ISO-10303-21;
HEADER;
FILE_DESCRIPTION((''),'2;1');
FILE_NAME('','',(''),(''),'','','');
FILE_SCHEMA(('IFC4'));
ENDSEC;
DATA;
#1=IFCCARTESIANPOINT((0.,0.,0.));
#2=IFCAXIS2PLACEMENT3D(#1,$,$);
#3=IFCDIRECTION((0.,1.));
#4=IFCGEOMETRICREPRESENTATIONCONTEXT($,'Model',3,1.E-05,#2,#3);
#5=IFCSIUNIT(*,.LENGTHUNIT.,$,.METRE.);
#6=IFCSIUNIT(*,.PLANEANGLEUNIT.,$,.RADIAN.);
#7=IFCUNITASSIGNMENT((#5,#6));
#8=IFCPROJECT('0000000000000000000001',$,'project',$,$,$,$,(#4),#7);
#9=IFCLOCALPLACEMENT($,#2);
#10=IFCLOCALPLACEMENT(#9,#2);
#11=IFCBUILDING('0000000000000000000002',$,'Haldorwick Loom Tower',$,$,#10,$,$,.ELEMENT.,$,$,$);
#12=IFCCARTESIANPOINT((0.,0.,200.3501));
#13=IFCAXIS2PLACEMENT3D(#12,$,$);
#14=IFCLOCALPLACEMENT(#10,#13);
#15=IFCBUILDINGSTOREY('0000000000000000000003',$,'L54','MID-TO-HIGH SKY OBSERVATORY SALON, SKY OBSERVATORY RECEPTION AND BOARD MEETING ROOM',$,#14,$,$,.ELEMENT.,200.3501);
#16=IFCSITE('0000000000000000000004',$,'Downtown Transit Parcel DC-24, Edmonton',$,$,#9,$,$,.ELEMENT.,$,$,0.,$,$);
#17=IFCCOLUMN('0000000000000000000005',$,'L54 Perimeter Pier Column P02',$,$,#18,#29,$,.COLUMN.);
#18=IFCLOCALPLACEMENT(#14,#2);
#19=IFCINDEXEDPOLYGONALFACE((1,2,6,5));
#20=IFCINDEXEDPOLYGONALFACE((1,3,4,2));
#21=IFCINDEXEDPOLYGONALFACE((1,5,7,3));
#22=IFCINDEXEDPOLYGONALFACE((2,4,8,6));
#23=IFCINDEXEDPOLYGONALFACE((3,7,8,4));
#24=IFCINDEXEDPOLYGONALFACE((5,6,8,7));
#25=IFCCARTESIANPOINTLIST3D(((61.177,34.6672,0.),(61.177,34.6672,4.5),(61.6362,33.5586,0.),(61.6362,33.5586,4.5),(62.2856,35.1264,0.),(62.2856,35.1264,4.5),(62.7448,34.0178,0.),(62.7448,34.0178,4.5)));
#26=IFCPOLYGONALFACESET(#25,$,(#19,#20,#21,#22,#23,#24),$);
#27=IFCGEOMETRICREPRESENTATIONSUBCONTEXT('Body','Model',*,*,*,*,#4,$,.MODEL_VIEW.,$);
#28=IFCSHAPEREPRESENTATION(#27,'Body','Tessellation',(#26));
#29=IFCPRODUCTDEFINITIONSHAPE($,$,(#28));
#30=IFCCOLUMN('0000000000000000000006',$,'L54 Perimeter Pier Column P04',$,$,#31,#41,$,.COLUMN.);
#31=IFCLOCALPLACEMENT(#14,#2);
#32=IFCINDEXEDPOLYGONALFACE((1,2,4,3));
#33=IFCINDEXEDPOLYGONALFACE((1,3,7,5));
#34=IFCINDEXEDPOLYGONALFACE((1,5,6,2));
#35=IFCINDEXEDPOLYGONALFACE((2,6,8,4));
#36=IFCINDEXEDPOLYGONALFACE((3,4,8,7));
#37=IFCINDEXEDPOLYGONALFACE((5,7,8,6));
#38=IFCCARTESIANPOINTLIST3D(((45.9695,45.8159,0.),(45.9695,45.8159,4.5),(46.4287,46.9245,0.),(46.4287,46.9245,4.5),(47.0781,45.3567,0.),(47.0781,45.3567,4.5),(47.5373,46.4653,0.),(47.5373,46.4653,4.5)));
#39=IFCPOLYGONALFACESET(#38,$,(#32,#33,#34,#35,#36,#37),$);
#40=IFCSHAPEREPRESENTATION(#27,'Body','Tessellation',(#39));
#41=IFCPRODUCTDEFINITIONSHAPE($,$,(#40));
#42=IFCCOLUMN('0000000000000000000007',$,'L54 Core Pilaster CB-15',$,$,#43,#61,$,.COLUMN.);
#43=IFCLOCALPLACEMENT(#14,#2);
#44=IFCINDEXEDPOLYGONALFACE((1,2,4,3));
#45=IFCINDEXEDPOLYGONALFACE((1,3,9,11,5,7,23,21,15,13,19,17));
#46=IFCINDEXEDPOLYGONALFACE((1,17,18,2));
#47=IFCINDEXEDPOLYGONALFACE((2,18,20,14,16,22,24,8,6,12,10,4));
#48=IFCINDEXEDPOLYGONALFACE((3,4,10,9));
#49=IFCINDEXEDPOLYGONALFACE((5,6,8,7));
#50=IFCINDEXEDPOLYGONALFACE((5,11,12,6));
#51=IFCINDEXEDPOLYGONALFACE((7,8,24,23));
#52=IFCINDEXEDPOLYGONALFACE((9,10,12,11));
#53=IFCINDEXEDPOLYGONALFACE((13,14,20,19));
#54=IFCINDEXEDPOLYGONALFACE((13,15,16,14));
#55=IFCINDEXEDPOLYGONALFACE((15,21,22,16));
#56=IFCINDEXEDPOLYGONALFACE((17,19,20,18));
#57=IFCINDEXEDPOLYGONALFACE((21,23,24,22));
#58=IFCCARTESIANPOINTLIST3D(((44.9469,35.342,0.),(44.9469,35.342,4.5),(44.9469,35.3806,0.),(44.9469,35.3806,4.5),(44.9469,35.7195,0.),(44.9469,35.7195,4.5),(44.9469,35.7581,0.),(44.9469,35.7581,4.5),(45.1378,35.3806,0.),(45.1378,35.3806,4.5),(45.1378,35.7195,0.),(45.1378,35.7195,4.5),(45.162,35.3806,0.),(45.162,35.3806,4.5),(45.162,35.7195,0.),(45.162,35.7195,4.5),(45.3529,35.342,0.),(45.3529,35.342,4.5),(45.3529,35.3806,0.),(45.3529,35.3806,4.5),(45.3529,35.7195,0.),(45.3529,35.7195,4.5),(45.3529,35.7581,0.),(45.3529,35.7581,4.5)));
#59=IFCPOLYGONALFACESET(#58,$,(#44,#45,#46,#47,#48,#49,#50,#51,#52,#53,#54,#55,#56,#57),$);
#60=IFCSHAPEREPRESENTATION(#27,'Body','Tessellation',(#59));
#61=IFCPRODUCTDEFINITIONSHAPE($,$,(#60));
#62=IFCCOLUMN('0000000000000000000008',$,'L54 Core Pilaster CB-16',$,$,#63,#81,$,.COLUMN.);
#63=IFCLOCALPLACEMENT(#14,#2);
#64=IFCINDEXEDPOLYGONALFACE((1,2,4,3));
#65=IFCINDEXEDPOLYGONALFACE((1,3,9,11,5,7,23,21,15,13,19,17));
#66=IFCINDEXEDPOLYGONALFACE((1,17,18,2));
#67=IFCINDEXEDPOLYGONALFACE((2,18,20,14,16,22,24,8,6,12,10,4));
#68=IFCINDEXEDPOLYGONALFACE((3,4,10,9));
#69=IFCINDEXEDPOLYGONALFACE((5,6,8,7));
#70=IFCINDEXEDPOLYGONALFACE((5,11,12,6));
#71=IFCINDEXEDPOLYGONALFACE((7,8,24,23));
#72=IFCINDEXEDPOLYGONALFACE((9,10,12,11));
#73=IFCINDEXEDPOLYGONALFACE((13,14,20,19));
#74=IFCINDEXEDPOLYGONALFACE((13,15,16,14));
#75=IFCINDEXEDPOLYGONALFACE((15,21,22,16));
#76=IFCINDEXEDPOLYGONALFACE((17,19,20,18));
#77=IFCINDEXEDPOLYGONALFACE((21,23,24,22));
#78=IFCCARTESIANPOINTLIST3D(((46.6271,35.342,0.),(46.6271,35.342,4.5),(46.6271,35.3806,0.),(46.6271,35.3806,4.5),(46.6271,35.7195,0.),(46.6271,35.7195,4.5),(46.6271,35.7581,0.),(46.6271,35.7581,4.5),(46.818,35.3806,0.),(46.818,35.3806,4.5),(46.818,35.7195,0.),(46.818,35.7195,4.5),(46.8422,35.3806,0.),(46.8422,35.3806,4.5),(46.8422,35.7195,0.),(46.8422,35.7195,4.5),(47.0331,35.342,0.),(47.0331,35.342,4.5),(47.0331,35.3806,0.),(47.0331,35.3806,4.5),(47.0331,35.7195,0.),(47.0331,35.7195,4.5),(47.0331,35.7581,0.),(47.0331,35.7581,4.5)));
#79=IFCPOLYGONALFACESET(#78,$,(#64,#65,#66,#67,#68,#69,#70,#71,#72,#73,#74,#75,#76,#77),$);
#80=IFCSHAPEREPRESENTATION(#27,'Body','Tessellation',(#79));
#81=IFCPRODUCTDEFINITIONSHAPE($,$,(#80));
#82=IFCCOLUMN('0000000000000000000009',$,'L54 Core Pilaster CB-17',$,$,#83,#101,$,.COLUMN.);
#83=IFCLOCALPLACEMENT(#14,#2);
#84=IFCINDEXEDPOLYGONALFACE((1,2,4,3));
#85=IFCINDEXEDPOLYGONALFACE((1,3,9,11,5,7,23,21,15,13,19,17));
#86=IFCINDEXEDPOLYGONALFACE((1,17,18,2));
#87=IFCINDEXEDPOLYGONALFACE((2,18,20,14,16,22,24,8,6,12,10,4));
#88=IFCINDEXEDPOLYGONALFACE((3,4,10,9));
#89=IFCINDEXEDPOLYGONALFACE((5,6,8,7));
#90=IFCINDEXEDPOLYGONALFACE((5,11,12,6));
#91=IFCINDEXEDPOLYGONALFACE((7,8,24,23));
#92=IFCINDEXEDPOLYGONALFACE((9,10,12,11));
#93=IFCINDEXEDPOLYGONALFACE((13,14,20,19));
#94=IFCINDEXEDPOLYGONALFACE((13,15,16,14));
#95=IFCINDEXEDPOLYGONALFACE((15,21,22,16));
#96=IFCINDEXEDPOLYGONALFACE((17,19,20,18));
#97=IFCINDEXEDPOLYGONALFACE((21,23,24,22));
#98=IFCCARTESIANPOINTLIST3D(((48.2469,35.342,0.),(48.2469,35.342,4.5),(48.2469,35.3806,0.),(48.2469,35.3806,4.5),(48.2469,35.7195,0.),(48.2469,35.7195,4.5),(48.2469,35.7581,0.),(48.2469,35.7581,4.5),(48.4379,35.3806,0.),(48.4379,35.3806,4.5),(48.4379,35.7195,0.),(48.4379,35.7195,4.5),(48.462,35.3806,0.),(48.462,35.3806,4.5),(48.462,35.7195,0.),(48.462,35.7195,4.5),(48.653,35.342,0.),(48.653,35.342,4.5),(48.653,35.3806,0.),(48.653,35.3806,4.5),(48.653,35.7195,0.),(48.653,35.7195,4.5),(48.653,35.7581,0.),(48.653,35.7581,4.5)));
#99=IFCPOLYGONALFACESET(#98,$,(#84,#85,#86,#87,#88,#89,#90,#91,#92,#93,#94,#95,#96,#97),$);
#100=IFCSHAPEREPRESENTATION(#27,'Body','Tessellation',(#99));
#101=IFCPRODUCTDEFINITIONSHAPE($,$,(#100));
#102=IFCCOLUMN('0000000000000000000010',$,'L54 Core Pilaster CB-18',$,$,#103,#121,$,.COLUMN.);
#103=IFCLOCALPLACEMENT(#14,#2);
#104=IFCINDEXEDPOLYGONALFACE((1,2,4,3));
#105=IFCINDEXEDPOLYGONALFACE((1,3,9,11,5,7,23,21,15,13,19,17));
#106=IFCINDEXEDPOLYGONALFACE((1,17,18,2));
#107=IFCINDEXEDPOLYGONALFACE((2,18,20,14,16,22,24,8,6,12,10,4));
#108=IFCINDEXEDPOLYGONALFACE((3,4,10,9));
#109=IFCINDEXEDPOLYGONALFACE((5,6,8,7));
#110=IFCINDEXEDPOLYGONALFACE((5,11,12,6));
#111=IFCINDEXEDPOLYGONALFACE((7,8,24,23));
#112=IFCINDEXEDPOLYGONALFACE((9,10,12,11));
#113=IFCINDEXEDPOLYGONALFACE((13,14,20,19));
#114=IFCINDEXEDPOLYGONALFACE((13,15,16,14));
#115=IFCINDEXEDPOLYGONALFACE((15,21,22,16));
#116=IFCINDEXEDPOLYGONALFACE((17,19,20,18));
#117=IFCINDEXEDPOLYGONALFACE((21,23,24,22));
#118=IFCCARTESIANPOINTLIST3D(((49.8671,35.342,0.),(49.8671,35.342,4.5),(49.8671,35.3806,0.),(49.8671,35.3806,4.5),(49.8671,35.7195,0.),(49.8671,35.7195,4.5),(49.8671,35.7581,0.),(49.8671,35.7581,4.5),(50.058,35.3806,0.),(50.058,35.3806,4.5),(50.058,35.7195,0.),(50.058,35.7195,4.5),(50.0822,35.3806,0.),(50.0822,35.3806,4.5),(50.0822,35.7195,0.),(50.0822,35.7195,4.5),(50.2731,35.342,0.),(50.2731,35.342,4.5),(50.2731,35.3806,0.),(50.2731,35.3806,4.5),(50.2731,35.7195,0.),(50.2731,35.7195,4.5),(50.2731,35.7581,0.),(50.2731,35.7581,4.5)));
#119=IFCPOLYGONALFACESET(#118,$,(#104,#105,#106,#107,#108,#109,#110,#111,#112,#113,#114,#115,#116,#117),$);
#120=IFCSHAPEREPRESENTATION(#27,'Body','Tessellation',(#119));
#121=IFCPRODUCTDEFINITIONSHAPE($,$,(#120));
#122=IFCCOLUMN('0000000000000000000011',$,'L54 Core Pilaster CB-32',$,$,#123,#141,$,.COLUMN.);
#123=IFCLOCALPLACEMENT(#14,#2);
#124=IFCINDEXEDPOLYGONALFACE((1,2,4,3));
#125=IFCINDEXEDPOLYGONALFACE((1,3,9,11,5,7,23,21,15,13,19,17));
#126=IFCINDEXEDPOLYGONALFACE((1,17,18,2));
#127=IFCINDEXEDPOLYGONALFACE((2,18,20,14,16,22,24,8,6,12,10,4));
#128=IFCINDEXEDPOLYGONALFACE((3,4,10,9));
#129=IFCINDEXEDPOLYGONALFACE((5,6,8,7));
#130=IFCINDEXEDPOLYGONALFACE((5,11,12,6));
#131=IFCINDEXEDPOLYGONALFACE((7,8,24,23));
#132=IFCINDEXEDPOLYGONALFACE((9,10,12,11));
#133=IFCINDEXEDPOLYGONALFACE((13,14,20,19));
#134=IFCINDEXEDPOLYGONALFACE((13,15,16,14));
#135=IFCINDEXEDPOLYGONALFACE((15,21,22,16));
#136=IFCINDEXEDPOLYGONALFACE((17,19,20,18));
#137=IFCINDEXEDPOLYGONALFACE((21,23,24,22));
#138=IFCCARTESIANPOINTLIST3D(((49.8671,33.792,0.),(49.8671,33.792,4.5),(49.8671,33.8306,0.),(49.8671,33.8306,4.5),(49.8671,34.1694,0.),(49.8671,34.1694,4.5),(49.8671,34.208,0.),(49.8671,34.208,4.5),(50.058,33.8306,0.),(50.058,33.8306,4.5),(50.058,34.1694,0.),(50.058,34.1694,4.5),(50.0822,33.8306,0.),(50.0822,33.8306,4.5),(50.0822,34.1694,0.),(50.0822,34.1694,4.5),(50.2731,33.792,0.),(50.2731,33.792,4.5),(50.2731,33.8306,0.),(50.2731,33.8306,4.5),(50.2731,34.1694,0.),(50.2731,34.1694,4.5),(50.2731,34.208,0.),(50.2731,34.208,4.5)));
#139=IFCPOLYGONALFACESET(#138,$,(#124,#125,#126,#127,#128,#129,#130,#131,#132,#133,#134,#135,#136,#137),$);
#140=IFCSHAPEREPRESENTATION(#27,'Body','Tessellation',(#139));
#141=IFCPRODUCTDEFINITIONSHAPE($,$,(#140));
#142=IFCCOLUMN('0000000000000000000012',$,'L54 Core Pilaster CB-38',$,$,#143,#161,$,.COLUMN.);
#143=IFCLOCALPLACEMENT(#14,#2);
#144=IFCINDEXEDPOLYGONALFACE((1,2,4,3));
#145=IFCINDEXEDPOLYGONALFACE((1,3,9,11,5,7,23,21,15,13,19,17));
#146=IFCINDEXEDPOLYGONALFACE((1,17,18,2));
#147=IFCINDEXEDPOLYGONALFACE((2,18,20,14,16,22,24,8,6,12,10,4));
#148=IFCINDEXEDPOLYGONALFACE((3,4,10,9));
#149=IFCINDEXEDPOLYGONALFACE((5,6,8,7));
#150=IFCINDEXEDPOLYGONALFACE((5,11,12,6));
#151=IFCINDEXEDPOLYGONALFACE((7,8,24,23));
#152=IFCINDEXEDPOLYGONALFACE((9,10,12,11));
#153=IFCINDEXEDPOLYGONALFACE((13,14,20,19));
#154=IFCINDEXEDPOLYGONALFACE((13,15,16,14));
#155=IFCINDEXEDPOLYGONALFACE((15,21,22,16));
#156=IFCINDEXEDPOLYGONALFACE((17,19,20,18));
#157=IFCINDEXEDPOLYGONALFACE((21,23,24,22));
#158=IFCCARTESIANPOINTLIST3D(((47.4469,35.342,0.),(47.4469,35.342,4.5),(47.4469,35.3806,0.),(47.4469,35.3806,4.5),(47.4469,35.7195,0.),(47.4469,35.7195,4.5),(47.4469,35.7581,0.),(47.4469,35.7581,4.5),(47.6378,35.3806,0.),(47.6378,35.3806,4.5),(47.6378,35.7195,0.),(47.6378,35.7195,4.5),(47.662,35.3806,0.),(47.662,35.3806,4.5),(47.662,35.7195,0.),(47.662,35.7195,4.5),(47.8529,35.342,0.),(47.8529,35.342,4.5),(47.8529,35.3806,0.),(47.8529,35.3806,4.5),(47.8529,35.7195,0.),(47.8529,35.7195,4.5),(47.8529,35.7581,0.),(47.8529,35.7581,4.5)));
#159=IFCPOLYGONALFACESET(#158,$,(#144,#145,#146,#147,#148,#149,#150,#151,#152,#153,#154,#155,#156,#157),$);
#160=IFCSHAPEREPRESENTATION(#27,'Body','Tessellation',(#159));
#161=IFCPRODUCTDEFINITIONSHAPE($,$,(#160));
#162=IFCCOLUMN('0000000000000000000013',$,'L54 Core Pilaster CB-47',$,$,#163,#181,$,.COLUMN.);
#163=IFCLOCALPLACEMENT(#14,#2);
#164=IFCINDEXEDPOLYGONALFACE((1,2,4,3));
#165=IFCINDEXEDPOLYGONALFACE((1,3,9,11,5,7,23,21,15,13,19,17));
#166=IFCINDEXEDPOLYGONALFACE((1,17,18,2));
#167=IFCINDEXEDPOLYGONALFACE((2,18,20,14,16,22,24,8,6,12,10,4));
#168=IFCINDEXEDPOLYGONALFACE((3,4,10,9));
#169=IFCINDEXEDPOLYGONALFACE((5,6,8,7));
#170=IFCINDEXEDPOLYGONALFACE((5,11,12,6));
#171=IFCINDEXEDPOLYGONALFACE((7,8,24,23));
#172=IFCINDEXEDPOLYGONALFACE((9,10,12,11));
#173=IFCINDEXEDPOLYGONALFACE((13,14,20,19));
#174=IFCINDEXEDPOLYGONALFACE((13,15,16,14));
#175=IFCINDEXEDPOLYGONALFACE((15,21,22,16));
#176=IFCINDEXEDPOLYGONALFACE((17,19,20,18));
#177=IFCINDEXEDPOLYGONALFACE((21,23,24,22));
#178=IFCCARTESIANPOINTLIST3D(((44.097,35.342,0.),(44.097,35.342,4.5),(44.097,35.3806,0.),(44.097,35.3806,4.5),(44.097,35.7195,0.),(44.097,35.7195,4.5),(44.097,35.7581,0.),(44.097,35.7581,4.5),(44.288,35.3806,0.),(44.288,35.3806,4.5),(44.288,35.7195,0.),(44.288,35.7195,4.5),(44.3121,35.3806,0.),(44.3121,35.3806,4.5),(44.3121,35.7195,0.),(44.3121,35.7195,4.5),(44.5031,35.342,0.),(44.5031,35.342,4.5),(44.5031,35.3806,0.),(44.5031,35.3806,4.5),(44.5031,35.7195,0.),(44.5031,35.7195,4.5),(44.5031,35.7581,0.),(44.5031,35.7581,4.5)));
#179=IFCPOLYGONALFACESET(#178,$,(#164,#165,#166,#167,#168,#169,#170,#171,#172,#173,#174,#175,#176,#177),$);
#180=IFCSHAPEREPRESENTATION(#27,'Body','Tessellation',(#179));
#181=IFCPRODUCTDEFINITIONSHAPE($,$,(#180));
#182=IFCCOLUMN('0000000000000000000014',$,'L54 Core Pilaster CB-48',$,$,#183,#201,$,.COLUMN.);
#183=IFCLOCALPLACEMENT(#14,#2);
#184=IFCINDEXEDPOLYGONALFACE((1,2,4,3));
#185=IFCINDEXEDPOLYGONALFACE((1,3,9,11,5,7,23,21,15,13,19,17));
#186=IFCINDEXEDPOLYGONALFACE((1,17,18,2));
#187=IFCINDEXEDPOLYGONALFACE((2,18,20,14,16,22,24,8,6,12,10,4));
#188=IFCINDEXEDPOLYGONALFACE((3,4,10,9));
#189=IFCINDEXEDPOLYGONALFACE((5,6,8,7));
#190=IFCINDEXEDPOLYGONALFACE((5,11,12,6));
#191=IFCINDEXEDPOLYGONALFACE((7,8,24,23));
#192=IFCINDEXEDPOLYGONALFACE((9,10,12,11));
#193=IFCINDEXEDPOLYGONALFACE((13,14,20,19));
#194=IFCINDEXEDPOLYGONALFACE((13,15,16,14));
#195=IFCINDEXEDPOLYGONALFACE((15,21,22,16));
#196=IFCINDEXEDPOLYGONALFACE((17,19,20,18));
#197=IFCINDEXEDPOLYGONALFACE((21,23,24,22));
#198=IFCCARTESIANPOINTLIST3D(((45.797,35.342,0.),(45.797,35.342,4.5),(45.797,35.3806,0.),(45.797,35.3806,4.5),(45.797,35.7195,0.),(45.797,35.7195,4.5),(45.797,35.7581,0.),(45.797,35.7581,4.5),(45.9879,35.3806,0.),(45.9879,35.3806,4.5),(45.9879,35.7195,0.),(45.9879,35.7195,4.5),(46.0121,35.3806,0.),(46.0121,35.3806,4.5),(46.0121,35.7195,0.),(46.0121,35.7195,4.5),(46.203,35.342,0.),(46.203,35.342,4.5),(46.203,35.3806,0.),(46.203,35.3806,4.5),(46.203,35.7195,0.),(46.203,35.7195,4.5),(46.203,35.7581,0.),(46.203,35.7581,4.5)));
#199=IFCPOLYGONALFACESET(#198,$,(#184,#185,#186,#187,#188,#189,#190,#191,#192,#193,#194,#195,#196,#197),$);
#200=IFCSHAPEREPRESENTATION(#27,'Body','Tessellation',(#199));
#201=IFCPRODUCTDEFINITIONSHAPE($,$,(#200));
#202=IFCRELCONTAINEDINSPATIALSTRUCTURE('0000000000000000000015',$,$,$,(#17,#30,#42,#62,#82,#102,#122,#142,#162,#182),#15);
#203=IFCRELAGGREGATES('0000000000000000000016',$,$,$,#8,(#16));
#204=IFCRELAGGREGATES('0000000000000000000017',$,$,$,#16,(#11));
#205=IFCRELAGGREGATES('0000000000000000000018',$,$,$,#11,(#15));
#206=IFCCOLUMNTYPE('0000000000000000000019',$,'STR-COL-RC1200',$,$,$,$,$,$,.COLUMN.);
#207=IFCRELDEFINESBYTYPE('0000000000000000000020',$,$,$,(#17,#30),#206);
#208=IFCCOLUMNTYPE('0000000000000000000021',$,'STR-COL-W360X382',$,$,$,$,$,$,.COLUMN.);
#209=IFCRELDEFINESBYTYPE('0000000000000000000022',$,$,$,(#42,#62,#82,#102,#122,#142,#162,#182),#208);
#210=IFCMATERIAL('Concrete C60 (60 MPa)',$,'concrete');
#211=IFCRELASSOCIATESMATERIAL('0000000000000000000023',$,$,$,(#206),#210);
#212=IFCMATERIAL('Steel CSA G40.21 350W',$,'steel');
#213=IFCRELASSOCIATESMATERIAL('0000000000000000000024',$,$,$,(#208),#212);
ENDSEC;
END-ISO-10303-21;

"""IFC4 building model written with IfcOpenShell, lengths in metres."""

from ifc_helpers import new_model, si_unit, direction, frame, origin, origin_2d, place, context, subcontext, project, spatial, rectangle, i_section, extrude, material, material_profile, profile_set, type_object, element, save


model = new_model("IFC4")

# Units and contexts
model_context = context("Model", 3, precision=1e-05, world=origin(), true_north=direction((0.0, 1.0)))
body_context = subcontext(model_context, "Body", "Model", "MODEL_VIEW")
ifc_project = project(units=[si_unit("LENGTHUNIT", "METRE"), si_unit("PLANEANGLEUNIT", "RADIAN")], contexts=[model_context])

# Site, building, storey
site_placement = place(None, origin())
site = spatial("IfcSite", under=ifc_project, at=site_placement, Name="Downtown Transit Parcel DC-24, Edmonton", CompositionType="ELEMENT", RefElevation=0.0)
building_placement = place(site_placement, origin())
building = spatial("IfcBuilding", under=site, at=building_placement, Name="Haldorwick Loom Tower", CompositionType="ELEMENT")
storey_placement = place(building_placement, frame((0.0, 0.0, 200.3501)))
storey = spatial("IfcBuildingStorey", under=building, at=storey_placement, Name="L54", Description="MID-TO-HIGH SKY OBSERVATORY SALON, SKY OBSERVATORY RECEPTION AND BOARD MEETING ROOM", CompositionType="ELEMENT", Elevation=200.3501)

# Columns
ifc_material_1 = material(Name="Concrete C60 (60 MPa)", Category="concrete")
ifc_material_profile_1 = material_profile(ifc_material_1, rectangle(XDim=1.2, YDim=1.2, at=origin_2d()), Name="RC1200X1200", Category="concrete")
ifc_profile_set_1 = profile_set([ifc_material_profile_1], Name="Concrete C60 (60 MPa)")
column_type_1 = type_object("IfcColumnType", Name="STR-COL-RC1200", PredefinedType="COLUMN", material=ifc_profile_set_1)
for number, where, z_axis, x_axis, name in (
    (1, (61.9609, 34.3425, 0.0), (0.0, 0.0, 1.0), (0.92388, 0.382683, 0.0), "L54 Perimeter Pier Column P02"),
    (2, (46.7534, 46.1406, 0.0), (0.0, 0.0, 1.0), (0.382683, 0.92388, 0.0), "L54 Perimeter Pier Column P04"),
):
    element("IfcColumn", number, at=place(storey_placement, frame(where, z_axis=z_axis, x_axis=x_axis)), inside=storey, type_object=column_type_1, Name=name, PredefinedType="COLUMN", context=body_context, shape_type="SweptSolid", body=[
        extrude(rectangle(XDim=1.2, YDim=1.2, at=origin_2d()), origin(), (0.0, 0.0, 1.0), 4.5),
    ])
ifc_material_2 = material(Name="Steel CSA G40.21 350W", Category="steel")
ifc_material_profile_2 = material_profile(ifc_material_2, i_section(OverallWidth=0.406, OverallDepth=0.416, WebThickness=0.0242, FlangeThickness=0.0386, at=origin_2d()), Name="W360X382", Category="steel")
ifc_profile_set_2 = profile_set([ifc_material_profile_2], Name="Steel CSA G40.21 350W")
column_type_2 = type_object("IfcColumnType", Name="STR-COL-W360X382", PredefinedType="COLUMN", material=ifc_profile_set_2)
for number, where, z_axis, x_axis, name in (
    (3, (45.1499, 35.55, 0.0), (0.0, 0.0, 1.0), (1.0, 0.0, 0.0), "L54 Core Pilaster CB-15"),
    (4, (46.8301, 35.55, 0.0), (0.0, 0.0, 1.0), (1.0, 0.0, 0.0), "L54 Core Pilaster CB-16"),
    (5, (48.45, 35.55, 0.0), (0.0, 0.0, 1.0), (1.0, 0.0, 0.0), "L54 Core Pilaster CB-17"),
    (6, (50.0701, 35.55, 0.0), (0.0, 0.0, 1.0), (1.0, 0.0, 0.0), "L54 Core Pilaster CB-18"),
    (7, (50.0701, 34.0, 0.0), (0.0, 0.0, 1.0), (1.0, 0.0, 0.0), "L54 Core Pilaster CB-32"),
    (8, (47.6499, 35.55, 0.0), (0.0, 0.0, 1.0), (1.0, 0.0, 0.0), "L54 Core Pilaster CB-38"),
    (9, (44.3, 35.55, 0.0), (0.0, 0.0, 1.0), (1.0, 0.0, 0.0), "L54 Core Pilaster CB-47"),
    (10, (46.0, 35.55, 0.0), (0.0, 0.0, 1.0), (1.0, 0.0, 0.0), "L54 Core Pilaster CB-48"),
):
    element("IfcColumn", number, at=place(storey_placement, frame(where, z_axis=z_axis, x_axis=x_axis)), inside=storey, type_object=column_type_2, Name=name, PredefinedType="COLUMN", context=body_context, shape_type="SweptSolid", body=[
        extrude(i_section(OverallWidth=0.406, OverallDepth=0.416, WebThickness=0.0242, FlangeThickness=0.0386, at=origin_2d()), origin(), (0.0, 0.0, 1.0), 4.5),
    ])

save(model, "model.ifc")
